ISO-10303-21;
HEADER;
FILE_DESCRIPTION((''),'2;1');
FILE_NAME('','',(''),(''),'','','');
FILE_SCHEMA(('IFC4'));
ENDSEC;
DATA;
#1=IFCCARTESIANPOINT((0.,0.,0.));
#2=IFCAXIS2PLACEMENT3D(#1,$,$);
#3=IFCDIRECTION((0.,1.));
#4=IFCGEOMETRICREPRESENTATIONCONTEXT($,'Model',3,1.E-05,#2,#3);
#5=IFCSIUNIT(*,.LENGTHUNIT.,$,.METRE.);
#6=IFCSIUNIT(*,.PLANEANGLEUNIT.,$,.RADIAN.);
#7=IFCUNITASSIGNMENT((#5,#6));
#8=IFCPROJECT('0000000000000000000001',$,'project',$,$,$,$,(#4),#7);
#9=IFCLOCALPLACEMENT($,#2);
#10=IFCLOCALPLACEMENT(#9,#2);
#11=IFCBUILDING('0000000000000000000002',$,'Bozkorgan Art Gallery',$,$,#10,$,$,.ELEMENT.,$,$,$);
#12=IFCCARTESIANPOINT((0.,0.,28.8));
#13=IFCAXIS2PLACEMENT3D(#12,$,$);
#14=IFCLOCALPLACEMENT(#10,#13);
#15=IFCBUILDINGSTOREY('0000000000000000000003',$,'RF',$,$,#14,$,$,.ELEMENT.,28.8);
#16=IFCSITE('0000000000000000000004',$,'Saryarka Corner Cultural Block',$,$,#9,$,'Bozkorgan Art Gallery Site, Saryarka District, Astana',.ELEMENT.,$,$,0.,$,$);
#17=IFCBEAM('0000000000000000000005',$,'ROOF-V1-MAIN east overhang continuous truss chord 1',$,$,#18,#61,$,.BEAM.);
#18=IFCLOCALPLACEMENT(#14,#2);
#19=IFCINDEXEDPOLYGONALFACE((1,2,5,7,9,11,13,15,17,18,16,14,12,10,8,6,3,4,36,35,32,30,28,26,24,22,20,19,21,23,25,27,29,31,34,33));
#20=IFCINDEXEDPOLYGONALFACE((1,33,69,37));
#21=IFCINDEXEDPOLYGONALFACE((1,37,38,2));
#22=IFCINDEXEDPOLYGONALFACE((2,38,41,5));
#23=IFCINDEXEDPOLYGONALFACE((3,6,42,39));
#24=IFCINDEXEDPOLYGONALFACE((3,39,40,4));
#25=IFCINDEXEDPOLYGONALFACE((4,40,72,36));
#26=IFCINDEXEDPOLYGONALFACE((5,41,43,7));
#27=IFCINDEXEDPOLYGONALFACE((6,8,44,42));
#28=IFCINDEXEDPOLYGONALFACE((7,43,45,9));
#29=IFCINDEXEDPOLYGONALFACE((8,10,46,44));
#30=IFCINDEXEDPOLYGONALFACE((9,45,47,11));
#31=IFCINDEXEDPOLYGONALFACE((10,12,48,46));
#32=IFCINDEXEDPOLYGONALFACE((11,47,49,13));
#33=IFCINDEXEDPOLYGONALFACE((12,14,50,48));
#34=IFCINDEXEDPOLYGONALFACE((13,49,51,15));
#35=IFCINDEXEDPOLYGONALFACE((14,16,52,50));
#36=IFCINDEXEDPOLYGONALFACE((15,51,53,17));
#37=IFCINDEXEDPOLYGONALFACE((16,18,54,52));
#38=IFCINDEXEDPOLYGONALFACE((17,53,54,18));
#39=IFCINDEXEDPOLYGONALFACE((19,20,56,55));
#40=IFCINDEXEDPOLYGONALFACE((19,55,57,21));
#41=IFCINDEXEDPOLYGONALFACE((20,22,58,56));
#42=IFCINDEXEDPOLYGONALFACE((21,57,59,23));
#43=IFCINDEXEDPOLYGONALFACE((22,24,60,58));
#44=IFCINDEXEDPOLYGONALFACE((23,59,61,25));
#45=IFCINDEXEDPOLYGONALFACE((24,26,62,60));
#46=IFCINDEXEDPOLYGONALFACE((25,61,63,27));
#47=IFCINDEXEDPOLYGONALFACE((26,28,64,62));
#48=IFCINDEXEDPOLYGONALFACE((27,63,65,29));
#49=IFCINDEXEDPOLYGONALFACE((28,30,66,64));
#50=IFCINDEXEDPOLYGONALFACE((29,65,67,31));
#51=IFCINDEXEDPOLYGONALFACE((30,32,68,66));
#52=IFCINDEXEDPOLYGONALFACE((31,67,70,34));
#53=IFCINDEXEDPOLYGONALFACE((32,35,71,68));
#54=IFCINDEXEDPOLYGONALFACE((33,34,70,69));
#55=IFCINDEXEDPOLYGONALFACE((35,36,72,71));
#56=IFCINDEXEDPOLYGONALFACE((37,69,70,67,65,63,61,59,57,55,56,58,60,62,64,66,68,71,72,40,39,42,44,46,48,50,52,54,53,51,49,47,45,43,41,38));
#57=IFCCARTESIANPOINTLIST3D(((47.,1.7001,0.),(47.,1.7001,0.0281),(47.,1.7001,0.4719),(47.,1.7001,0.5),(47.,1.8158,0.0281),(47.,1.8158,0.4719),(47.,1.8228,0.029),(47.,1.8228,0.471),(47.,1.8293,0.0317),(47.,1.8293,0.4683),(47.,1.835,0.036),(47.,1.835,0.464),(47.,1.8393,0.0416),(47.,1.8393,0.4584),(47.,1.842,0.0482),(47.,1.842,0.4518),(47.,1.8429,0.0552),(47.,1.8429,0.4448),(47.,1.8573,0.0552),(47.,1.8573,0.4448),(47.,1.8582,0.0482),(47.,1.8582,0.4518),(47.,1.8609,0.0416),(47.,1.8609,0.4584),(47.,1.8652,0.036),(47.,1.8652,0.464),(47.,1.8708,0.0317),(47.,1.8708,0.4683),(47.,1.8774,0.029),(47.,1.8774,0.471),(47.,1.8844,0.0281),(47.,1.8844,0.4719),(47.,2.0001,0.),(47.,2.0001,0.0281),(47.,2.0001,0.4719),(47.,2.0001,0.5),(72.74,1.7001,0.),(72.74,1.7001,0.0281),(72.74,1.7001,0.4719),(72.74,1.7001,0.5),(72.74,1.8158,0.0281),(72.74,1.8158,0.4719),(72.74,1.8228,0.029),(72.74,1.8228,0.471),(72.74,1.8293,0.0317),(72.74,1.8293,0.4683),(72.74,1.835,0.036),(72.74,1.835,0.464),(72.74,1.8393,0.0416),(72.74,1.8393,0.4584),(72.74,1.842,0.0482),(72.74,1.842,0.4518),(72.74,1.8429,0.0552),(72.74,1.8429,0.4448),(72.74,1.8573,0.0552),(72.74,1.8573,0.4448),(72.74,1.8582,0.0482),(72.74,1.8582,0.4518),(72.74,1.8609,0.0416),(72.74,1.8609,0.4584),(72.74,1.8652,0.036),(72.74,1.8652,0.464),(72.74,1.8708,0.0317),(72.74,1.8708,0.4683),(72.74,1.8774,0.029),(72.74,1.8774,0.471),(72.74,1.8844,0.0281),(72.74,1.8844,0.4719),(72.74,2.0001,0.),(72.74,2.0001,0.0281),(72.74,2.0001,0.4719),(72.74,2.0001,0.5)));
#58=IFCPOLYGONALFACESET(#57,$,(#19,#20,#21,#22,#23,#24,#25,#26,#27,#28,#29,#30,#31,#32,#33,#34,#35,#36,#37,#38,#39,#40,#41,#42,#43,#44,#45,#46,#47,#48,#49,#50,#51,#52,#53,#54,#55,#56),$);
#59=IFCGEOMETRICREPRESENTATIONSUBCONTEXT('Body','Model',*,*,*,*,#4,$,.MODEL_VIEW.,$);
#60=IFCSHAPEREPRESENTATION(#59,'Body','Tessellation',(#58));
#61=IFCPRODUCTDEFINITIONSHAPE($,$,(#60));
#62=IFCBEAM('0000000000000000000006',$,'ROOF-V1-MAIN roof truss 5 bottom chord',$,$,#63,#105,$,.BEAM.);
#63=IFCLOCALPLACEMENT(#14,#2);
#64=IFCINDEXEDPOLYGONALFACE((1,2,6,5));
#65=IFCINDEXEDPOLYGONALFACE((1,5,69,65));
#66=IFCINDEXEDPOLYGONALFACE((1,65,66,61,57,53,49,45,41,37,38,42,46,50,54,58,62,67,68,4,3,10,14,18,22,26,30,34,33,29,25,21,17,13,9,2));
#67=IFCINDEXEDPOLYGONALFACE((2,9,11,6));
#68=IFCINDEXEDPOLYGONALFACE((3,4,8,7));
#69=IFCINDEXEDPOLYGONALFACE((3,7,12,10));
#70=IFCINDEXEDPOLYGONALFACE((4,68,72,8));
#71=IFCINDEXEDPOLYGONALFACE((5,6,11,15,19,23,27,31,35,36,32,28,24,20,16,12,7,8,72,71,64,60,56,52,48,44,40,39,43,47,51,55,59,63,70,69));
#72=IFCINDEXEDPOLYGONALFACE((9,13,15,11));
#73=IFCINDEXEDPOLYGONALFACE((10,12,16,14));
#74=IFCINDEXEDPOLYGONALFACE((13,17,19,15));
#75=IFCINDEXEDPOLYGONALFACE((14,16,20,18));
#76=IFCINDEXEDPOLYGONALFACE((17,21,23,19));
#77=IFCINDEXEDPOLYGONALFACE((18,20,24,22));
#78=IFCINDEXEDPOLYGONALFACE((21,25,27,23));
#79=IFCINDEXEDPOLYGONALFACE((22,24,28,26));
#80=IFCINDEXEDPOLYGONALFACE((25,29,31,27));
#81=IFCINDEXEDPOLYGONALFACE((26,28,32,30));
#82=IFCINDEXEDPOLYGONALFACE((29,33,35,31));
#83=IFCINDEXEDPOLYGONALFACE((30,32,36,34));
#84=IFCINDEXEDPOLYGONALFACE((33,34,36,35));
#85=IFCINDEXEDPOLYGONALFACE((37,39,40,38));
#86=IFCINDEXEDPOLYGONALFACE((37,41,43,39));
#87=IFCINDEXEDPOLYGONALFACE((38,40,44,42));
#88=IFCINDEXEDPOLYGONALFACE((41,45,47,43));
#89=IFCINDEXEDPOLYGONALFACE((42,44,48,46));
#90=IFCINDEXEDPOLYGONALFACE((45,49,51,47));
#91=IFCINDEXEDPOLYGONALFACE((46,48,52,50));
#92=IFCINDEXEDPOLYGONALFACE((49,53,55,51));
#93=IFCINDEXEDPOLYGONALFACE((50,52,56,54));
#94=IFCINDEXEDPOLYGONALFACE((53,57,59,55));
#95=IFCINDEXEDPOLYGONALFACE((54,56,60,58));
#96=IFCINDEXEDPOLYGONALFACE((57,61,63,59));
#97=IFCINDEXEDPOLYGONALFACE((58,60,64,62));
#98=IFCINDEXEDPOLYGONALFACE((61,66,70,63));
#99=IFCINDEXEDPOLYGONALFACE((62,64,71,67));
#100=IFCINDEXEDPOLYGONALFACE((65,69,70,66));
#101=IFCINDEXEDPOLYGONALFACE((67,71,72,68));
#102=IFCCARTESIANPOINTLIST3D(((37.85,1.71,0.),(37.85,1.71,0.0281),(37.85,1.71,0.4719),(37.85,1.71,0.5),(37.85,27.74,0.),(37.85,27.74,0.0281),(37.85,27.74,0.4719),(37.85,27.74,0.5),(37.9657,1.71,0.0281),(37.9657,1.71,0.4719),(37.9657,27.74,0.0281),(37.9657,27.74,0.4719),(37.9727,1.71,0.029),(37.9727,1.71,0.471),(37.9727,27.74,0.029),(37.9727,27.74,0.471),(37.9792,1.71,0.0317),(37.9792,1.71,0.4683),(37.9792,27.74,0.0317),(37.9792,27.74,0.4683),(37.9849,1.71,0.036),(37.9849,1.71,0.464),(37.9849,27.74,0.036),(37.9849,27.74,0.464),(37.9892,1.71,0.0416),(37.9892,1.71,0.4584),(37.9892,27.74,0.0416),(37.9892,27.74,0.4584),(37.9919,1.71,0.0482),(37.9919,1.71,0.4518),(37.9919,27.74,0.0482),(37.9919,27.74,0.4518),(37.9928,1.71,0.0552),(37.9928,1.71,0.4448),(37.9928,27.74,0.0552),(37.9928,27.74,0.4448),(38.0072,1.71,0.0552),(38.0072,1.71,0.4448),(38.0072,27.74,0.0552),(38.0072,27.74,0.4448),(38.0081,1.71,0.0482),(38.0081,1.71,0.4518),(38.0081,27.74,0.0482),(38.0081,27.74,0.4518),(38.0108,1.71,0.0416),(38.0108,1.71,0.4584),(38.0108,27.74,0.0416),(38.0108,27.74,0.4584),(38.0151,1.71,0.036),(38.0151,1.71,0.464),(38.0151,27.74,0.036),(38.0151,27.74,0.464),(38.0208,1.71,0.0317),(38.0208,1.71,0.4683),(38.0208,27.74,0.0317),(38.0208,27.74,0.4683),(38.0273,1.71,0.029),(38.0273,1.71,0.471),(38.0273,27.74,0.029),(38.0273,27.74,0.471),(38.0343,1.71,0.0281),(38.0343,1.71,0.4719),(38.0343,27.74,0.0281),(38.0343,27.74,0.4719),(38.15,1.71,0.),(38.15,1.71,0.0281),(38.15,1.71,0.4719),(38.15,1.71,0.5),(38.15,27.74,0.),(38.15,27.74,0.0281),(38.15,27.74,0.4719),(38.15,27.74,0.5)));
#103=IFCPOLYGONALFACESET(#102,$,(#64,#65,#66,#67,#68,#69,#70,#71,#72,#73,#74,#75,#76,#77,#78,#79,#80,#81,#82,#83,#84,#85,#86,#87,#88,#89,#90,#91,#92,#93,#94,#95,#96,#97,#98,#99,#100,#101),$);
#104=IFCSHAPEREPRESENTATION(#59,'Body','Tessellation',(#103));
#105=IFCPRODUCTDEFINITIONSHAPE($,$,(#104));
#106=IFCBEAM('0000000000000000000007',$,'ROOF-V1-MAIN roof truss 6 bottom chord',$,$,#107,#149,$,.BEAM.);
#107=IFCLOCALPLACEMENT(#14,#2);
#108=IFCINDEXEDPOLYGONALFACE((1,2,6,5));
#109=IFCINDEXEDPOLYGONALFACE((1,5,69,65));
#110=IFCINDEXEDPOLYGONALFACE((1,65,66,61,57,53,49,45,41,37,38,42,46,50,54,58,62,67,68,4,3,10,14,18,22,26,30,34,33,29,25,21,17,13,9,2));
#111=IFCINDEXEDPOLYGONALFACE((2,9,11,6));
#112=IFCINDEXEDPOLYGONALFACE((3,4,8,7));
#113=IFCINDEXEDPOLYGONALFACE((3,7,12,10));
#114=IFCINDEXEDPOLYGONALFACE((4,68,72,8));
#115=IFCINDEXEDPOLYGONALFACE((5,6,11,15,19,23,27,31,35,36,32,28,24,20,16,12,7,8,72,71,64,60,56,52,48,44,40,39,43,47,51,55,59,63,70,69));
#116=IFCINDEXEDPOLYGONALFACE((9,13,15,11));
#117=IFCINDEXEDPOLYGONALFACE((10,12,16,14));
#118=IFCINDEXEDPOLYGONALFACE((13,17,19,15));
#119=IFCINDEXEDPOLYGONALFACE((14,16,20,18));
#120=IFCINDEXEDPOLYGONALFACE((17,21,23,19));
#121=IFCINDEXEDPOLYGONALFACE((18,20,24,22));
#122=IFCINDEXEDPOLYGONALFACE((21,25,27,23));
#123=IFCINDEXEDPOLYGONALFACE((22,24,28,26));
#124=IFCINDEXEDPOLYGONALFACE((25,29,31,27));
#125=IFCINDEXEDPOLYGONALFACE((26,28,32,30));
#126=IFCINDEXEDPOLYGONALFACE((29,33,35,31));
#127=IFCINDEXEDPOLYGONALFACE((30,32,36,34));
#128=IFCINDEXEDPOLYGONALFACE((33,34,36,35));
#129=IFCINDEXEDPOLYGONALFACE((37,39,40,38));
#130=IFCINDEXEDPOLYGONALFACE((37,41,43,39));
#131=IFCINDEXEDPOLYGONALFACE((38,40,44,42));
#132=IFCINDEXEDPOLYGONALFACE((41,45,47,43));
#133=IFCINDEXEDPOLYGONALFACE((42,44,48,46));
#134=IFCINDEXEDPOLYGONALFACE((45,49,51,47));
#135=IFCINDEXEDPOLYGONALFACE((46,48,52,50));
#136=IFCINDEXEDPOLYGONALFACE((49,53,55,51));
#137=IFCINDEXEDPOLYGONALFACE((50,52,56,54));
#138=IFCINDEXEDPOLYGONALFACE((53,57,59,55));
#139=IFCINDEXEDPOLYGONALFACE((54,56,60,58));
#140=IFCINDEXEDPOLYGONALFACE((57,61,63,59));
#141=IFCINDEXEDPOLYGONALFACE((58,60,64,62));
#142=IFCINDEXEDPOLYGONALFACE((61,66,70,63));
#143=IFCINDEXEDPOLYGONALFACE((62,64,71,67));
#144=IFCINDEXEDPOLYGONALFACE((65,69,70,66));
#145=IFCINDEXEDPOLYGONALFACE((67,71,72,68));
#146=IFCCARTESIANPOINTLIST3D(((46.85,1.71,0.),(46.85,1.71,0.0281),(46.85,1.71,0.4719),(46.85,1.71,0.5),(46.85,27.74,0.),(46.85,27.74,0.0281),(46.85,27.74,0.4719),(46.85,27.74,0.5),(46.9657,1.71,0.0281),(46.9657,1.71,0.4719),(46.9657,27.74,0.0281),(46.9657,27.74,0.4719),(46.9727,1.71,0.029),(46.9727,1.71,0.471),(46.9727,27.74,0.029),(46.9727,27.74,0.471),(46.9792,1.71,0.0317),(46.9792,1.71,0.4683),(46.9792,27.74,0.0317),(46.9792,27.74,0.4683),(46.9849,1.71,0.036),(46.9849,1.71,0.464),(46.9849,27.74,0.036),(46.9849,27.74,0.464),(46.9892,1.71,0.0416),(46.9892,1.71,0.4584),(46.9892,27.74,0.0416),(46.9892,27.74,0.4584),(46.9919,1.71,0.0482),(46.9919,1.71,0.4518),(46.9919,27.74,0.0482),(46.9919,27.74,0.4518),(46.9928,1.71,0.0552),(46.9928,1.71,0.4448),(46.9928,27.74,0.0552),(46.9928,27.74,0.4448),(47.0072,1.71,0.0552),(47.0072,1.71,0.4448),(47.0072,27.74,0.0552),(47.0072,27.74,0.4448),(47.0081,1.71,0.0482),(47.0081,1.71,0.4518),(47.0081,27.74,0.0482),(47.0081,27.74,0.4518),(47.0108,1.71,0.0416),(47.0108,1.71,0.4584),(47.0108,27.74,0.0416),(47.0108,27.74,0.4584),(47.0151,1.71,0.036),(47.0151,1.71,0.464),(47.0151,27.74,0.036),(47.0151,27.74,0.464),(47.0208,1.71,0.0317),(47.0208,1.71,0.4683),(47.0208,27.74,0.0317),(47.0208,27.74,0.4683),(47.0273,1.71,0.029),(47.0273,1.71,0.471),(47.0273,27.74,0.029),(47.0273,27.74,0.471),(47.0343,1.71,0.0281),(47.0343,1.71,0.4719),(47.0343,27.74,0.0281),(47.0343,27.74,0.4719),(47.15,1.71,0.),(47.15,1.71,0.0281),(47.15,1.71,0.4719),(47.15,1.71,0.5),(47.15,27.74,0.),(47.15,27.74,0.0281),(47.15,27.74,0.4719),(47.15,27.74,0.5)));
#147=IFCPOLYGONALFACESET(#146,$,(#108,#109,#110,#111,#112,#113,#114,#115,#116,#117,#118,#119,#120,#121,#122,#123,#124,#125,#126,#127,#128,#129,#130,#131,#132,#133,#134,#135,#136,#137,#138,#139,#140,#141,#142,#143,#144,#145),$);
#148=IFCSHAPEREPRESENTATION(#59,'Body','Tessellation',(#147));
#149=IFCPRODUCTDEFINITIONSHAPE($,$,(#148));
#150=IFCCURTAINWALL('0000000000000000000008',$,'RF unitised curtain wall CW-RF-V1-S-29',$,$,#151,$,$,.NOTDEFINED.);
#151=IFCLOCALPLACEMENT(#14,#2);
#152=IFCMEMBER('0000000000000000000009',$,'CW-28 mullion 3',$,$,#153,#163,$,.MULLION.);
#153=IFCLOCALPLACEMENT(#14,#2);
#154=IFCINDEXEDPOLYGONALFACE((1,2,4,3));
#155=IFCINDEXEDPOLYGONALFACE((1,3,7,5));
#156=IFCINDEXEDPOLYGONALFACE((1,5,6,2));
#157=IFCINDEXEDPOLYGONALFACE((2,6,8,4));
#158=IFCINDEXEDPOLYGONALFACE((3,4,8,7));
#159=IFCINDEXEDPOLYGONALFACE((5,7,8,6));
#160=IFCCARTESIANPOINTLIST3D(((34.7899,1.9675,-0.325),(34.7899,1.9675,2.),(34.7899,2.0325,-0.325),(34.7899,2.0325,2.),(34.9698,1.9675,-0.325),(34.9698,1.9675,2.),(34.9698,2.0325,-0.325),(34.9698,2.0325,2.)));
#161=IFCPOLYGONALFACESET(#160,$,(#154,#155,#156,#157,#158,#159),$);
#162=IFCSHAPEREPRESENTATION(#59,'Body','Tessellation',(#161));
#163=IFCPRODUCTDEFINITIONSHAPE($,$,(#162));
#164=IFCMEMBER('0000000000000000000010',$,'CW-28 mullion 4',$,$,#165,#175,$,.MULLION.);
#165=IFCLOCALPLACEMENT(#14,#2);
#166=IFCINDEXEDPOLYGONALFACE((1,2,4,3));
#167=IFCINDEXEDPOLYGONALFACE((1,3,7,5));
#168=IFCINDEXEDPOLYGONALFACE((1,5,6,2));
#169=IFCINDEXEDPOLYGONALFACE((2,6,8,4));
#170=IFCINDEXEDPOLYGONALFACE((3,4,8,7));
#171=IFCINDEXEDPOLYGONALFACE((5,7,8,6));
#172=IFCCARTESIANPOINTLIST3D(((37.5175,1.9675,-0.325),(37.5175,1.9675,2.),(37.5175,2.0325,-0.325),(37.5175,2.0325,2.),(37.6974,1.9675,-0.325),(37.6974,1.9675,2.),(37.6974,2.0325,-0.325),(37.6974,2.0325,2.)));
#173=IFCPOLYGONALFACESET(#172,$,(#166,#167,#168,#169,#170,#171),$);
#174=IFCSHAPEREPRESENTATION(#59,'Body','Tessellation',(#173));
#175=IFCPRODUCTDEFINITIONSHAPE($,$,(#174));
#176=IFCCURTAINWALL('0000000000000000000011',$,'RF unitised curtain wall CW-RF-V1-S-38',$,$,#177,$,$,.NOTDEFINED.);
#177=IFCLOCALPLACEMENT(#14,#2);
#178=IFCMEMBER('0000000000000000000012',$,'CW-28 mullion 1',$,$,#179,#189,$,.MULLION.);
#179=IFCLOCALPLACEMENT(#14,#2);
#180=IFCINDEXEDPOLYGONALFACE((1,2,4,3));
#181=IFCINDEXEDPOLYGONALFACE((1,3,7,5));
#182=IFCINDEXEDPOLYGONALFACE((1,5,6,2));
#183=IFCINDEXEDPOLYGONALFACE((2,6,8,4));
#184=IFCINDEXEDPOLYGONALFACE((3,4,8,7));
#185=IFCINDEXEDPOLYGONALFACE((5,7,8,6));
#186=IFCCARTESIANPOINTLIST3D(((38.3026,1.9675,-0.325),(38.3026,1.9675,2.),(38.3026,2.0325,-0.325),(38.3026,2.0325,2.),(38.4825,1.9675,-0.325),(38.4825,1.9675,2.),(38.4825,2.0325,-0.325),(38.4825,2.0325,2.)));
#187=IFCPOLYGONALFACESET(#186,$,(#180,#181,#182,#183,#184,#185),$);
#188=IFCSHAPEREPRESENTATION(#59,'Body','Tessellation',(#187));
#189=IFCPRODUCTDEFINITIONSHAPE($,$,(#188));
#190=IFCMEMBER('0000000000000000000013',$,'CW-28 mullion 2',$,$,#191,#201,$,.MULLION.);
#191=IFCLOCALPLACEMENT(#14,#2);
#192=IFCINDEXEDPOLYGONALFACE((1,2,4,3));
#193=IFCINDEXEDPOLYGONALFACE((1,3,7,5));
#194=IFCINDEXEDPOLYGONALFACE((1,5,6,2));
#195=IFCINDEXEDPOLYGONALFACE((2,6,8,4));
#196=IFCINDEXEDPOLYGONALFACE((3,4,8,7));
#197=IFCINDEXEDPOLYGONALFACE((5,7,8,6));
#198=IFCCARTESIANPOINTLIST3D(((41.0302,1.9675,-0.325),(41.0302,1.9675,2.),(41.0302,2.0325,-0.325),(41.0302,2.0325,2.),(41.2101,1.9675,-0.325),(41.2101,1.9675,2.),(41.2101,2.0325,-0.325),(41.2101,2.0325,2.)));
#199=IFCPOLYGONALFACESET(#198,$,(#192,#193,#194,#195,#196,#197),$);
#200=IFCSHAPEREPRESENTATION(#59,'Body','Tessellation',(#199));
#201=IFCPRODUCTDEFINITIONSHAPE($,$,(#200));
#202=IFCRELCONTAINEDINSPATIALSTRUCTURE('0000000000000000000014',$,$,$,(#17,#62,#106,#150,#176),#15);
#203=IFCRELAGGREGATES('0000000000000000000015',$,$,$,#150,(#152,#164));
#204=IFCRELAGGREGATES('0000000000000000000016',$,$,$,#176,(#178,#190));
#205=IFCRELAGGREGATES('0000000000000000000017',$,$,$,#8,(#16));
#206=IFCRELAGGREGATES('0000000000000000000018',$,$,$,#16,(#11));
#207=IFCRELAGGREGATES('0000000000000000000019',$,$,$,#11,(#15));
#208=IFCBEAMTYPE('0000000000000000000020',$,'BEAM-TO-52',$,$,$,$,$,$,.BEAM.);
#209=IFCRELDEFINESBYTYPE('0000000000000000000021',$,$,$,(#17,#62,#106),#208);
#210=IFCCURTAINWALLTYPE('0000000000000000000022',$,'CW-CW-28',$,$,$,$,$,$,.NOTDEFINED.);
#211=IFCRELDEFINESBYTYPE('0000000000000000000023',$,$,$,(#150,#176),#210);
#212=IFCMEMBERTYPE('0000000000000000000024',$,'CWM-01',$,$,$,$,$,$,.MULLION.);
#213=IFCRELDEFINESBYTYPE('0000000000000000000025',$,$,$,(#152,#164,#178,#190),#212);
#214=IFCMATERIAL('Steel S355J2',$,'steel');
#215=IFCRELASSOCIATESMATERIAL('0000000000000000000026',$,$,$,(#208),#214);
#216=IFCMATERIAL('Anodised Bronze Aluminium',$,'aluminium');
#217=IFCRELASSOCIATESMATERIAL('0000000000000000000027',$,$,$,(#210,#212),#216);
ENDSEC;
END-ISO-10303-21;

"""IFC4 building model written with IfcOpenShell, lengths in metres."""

from ifc_helpers import new_model, si_unit, direction, frame, origin, origin_2d, place, context, subcontext, project, spatial, rectangle, i_section, extrude, material, material_profile, profile_set, type_object, element, aggregate, save


model = new_model("IFC4")

# Units and contexts
model_context = context("Model", 3, precision=1e-05, world=origin(), true_north=direction((0.0, 1.0)))
body_context = subcontext(model_context, "Body", "Model", "MODEL_VIEW")
ifc_project = project(units=[si_unit("LENGTHUNIT", "METRE"), si_unit("PLANEANGLEUNIT", "RADIAN")], contexts=[model_context])

# Site, building, storey
site_placement = place(None, origin())
site = spatial("IfcSite", under=ifc_project, at=site_placement, Name="Saryarka Corner Cultural Block", LongName="Bozkorgan Art Gallery Site, Saryarka District, Astana", CompositionType="ELEMENT", RefElevation=0.0)
building_placement = place(site_placement, origin())
building = spatial("IfcBuilding", under=site, at=building_placement, Name="Bozkorgan Art Gallery", CompositionType="ELEMENT")
storey_placement = place(building_placement, frame((0.0, 0.0, 28.8)))
storey = spatial("IfcBuildingStorey", under=building, at=storey_placement, Name="RF", CompositionType="ELEMENT", Elevation=28.8)

# Beams
ifc_material_1 = material(Name="Steel S355J2", Category="steel")
ifc_material_profile_1 = material_profile(ifc_material_1, i_section(OverallWidth=0.3, OverallDepth=0.5, WebThickness=0.0144, FlangeThickness=0.0281, FilletRadius=0.0271, at=origin_2d()), Name="HEB 500")
ifc_profile_set_1 = profile_set([ifc_material_profile_1], Name="Steel S355J2")
beam_type = type_object("IfcBeamType", Name="BEAM-TO-52", PredefinedType="BEAM", material=ifc_profile_set_1)
beam_placement = place(storey_placement, frame((47.0, 1.8501, 0.25), z_axis=(1.0, 0.0, 0.0), x_axis=(0.0, 1.0, 0.0)))
element("IfcBeam", 1, at=beam_placement, inside=storey, type_object=beam_type, Name="ROOF-V1-MAIN east overhang continuous truss chord 1", PredefinedType="BEAM", context=body_context, shape_type="SweptSolid", body=[
    extrude(i_section(OverallWidth=0.3, OverallDepth=0.5, WebThickness=0.0144, FlangeThickness=0.0281, FilletRadius=0.0271, at=origin_2d()), origin(), (0.0, 0.0, 1.0), 25.74),
])
for number, where, z_axis, x_axis, name in (
    (2, (38.0, 1.71, 0.25), (0.0, 1.0, 0.0), (-1.0, 0.0, 0.0), "ROOF-V1-MAIN roof truss 5 bottom chord"),
    (3, (47.0, 1.71, 0.25), (0.0, 1.0, 0.0), (-1.0, 0.0, 0.0), "ROOF-V1-MAIN roof truss 6 bottom chord"),
):
    element("IfcBeam", number, at=place(storey_placement, frame(where, z_axis=z_axis, x_axis=x_axis)), inside=storey, type_object=beam_type, Name=name, PredefinedType="BEAM", context=body_context, shape_type="SweptSolid", body=[
        extrude(i_section(OverallWidth=0.3, OverallDepth=0.5, WebThickness=0.0144, FlangeThickness=0.0281, FilletRadius=0.0271, at=origin_2d()), origin(), (0.0, 0.0, 1.0), 26.03),
    ])

# Curtain walls, members
ifc_material_2 = material(Name="Anodised Bronze Aluminium", Category="aluminium")
curtain_wall_type = type_object("IfcCurtainWallType", Name="CW-CW-28", PredefinedType="NOTDEFINED", material=ifc_material_2)
curtain_wall_1_placement = place(storey_placement, origin())
curtain_wall_1 = element("IfcCurtainWall", 4, at=curtain_wall_1_placement, inside=storey, type_object=curtain_wall_type, Name="RF unitised curtain wall CW-RF-V1-S-29", PredefinedType="NOTDEFINED")
ifc_material_profile_2 = material_profile(ifc_material_2, rectangle(XDim=0.0649, YDim=0.1799, at=origin_2d()), Name="ALU MULLION 65x180")
ifc_profile_set_2 = profile_set([ifc_material_profile_2], Name="Anodised Bronze Aluminium")
member_type_1 = type_object("IfcMemberType", Name="CWM-01", PredefinedType="MULLION", material=ifc_profile_set_2)
member_1_placement = place(storey_placement, frame((34.8799, 2.0, -0.325), z_axis=(0.0, 0.0, 1.0), x_axis=(0.0, 1.0, 0.0)))
member_1 = element("IfcMember", 5, at=member_1_placement, type_object=member_type_1, Name="CW-28 mullion 3", PredefinedType="MULLION", context=body_context, shape_type="SweptSolid", body=[
    extrude(rectangle(XDim=0.0649, YDim=0.1799, at=origin_2d()), origin(), (0.0, 0.0, 1.0), 2.325),
])
member_2_placement = place(storey_placement, frame((37.6074, 2.0, -0.325), z_axis=(0.0, 0.0, 1.0), x_axis=(0.0, 1.0, 0.0)))
member_2 = element("IfcMember", 6, at=member_2_placement, type_object=member_type_1, Name="CW-28 mullion 4", PredefinedType="MULLION", context=body_context, shape_type="SweptSolid", body=[
    extrude(rectangle(XDim=0.0649, YDim=0.1799, at=origin_2d()), origin(), (0.0, 0.0, 1.0), 2.325),
])
curtain_wall_2_placement = place(storey_placement, origin())
curtain_wall_2 = element("IfcCurtainWall", 7, at=curtain_wall_2_placement, inside=storey, type_object=curtain_wall_type, Name="RF unitised curtain wall CW-RF-V1-S-38", PredefinedType="NOTDEFINED")
member_3_placement = place(storey_placement, frame((38.3926, 2.0, -0.325), z_axis=(0.0, 0.0, 1.0), x_axis=(0.0, 1.0, 0.0)))
member_3 = element("IfcMember", 8, at=member_3_placement, type_object=member_type_1, Name="CW-28 mullion 1", PredefinedType="MULLION", context=body_context, shape_type="SweptSolid", body=[
    extrude(rectangle(XDim=0.0649, YDim=0.1799, at=origin_2d()), origin(), (0.0, 0.0, 1.0), 2.325),
])
member_4_placement = place(storey_placement, frame((41.1201, 2.0, -0.325), z_axis=(0.0, 0.0, 1.0), x_axis=(0.0, 1.0, 0.0)))
member_4 = element("IfcMember", 9, at=member_4_placement, type_object=member_type_1, Name="CW-28 mullion 2", PredefinedType="MULLION", context=body_context, shape_type="SweptSolid", body=[
    extrude(rectangle(XDim=0.0649, YDim=0.1799, at=origin_2d()), origin(), (0.0, 0.0, 1.0), 2.325),
])

aggregate(curtain_wall_1, [member_1, member_2])
aggregate(curtain_wall_2, [member_3, member_4])

save(model, "model.ifc")
